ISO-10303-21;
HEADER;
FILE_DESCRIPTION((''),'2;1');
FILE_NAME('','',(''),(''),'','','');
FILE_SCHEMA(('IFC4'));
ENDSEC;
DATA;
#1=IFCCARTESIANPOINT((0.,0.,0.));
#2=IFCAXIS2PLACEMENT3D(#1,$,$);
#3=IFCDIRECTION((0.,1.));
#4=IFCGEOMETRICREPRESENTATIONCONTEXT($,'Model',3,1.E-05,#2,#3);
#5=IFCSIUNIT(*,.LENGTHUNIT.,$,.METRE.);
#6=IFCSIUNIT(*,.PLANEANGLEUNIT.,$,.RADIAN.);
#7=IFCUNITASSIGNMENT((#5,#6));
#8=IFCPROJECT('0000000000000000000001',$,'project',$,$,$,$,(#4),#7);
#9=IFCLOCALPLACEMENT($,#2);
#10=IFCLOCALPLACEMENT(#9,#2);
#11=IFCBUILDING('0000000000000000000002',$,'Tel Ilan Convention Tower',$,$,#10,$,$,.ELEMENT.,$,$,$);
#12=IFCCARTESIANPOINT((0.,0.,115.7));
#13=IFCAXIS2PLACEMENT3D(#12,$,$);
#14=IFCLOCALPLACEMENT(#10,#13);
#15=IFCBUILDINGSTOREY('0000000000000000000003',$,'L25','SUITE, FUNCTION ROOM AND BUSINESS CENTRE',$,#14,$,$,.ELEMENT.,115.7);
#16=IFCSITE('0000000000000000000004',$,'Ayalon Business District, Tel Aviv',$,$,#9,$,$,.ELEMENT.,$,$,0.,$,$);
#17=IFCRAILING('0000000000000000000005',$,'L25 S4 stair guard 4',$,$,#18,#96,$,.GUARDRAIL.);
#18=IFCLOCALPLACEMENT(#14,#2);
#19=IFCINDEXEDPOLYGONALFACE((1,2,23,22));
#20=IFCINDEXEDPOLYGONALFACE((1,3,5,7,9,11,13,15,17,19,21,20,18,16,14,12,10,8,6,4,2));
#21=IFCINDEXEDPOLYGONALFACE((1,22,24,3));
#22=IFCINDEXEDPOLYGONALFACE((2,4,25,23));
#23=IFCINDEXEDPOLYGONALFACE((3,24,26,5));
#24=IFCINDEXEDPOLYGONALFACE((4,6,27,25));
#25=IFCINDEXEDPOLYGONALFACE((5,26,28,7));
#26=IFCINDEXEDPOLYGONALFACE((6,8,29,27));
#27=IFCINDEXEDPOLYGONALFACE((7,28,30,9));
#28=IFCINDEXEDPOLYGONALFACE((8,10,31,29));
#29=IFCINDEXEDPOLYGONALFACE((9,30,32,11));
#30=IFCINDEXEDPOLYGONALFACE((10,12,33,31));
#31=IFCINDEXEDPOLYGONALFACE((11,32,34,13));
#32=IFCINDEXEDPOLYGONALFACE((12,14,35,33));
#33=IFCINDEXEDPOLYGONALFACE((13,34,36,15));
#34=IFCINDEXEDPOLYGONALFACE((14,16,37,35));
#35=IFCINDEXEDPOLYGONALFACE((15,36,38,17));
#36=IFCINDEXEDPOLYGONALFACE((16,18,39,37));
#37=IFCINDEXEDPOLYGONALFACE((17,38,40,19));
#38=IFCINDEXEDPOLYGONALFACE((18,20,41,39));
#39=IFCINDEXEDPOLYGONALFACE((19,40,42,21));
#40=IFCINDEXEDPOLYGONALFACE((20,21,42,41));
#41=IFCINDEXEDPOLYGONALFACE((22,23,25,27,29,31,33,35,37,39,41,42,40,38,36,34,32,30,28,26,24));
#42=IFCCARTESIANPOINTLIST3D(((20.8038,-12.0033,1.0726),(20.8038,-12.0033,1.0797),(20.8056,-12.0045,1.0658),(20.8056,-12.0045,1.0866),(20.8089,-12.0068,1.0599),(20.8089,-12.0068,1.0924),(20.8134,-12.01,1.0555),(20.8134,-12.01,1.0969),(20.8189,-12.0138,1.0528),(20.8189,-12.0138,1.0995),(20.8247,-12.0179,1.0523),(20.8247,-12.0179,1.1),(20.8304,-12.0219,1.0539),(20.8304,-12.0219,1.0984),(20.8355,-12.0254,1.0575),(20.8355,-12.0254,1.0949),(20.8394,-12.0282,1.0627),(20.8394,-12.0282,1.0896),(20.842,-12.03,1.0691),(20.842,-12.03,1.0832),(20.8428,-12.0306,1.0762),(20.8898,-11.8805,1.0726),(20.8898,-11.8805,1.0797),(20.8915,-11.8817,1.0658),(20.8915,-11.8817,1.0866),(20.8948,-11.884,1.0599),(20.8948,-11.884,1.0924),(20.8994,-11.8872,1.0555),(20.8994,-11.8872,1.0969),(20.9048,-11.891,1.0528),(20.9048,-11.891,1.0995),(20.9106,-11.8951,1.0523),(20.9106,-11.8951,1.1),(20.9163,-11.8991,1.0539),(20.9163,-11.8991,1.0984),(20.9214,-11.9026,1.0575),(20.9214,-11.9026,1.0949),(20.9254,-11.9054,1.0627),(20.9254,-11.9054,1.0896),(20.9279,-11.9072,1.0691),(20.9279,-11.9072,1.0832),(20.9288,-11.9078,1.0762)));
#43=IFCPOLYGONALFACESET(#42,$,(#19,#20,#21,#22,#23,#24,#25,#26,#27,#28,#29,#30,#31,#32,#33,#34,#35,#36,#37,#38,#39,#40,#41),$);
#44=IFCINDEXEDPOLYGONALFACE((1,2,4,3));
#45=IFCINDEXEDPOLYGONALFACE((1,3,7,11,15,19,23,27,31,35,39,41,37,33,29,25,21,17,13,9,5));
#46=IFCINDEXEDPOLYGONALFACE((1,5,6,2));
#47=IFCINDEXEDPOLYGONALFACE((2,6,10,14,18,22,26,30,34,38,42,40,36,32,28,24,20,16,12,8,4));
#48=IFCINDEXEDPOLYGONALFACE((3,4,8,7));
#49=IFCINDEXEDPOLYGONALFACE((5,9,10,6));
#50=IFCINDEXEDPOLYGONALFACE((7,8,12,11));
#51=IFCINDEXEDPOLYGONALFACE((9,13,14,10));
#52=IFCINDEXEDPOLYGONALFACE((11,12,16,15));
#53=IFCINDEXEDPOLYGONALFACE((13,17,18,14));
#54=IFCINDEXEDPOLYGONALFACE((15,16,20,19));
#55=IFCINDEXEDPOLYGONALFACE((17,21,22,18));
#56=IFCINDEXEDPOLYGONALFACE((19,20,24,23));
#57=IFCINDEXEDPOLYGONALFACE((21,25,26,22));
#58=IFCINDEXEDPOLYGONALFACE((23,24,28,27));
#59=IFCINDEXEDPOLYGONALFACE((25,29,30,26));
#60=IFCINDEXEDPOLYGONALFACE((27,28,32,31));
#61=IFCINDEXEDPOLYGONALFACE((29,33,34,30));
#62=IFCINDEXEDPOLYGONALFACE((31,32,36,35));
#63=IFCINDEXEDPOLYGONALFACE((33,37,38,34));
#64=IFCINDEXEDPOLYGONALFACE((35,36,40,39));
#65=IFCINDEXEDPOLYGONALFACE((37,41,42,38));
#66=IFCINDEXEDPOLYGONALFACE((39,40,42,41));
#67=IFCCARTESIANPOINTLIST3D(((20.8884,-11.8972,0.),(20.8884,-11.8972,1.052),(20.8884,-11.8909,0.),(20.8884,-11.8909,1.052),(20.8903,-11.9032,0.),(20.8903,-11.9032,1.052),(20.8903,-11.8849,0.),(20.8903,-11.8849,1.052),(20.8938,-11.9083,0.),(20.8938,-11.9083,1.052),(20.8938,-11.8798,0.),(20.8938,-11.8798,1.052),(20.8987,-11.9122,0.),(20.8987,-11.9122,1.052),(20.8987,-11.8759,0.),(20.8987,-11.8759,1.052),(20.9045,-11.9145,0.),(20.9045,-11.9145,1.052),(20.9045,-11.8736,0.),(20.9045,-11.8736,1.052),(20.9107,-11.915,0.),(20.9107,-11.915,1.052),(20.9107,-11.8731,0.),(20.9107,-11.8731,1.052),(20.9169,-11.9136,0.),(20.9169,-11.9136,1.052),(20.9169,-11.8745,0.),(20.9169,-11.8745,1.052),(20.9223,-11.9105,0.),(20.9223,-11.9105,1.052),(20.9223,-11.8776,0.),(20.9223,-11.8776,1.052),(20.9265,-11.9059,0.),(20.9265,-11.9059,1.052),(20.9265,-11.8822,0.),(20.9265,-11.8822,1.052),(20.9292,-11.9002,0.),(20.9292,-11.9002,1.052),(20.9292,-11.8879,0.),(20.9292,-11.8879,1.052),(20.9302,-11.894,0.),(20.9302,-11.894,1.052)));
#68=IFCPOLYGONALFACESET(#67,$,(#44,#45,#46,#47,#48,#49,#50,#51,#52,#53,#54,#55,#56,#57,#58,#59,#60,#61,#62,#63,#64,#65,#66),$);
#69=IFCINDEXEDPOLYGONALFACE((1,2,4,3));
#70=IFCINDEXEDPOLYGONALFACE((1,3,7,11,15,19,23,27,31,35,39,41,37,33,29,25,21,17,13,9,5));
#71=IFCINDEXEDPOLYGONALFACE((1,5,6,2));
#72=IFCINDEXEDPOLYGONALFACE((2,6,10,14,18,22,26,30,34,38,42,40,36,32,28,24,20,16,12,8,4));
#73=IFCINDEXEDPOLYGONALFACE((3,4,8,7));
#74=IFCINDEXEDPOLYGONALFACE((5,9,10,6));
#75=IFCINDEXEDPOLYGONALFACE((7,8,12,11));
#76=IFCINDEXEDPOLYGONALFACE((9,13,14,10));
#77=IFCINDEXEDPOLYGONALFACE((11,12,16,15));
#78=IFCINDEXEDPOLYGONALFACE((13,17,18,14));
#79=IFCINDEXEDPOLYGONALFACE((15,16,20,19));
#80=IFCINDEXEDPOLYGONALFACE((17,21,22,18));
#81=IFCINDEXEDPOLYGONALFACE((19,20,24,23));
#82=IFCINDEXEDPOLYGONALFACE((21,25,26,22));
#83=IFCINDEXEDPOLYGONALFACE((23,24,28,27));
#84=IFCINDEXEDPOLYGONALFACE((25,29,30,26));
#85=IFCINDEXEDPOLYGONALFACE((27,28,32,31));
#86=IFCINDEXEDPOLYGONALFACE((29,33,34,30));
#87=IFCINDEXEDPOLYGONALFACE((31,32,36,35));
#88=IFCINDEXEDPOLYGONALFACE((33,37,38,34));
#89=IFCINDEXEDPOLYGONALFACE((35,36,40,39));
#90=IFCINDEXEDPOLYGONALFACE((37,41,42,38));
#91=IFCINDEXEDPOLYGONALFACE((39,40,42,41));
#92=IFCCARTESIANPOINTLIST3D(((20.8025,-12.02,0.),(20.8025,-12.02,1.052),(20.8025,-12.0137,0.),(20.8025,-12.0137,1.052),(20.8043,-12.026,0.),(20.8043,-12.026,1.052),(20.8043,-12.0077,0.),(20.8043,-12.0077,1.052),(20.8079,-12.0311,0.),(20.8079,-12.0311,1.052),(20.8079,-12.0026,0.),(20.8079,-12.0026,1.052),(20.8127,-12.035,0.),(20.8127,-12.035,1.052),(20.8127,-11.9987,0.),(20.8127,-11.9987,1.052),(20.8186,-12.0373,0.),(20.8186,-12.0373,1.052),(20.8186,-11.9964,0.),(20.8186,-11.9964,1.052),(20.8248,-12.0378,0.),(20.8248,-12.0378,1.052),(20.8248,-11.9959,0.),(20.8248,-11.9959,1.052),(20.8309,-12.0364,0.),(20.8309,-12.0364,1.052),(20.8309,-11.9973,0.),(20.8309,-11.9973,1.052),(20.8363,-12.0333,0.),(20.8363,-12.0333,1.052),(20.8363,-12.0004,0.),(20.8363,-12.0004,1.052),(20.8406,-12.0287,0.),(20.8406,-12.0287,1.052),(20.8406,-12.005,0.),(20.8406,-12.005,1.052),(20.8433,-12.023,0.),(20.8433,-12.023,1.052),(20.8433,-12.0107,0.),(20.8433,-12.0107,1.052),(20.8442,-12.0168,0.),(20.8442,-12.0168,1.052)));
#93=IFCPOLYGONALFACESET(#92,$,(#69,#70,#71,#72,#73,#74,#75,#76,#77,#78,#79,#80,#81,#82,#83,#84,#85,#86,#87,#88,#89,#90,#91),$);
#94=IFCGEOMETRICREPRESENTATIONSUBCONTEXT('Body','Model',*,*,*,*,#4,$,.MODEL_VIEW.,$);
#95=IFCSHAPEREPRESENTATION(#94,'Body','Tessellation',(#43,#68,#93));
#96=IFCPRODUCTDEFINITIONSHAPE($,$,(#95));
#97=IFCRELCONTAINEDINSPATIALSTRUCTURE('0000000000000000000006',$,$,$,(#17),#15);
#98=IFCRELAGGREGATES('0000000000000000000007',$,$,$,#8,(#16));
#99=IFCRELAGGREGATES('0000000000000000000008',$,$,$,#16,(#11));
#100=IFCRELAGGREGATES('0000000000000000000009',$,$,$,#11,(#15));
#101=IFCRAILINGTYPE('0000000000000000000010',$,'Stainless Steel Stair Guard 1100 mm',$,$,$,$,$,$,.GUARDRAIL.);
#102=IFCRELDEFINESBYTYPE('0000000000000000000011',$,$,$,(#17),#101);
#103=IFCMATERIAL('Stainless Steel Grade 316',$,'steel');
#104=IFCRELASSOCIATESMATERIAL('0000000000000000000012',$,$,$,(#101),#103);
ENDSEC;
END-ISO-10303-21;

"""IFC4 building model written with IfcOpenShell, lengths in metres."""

from ifc_helpers import new_model, si_unit, direction, frame, origin, origin_2d, place, context, subcontext, project, spatial, circle, extrude, material, type_object, element, save


model = new_model("IFC4")

# Units and contexts
model_context = context("Model", 3, precision=1e-05, world=origin(), true_north=direction((0.0, 1.0)))
body_context = subcontext(model_context, "Body", "Model", "MODEL_VIEW")
ifc_project = project(units=[si_unit("LENGTHUNIT", "METRE"), si_unit("PLANEANGLEUNIT", "RADIAN")], contexts=[model_context])

# Site, building, storey
site_placement = place(None, origin())
site = spatial("IfcSite", under=ifc_project, at=site_placement, Name="Ayalon Business District, Tel Aviv", CompositionType="ELEMENT", RefElevation=0.0)
building_placement = place(site_placement, origin())
building = spatial("IfcBuilding", under=site, at=building_placement, Name="Tel Ilan Convention Tower", CompositionType="ELEMENT")
storey_placement = place(building_placement, frame((0.0, 0.0, 115.7)))
storey = spatial("IfcBuildingStorey", under=building, at=storey_placement, Name="L25", Description="SUITE, FUNCTION ROOM AND BUSINESS CENTRE", CompositionType="ELEMENT", Elevation=115.7)

# Railing
ifc_material_1 = material(Name="Stainless Steel Grade 316", Category="steel")
railing_type_1 = type_object("IfcRailingType", Name="Stainless Steel Stair Guard 1100 mm", PredefinedType="GUARDRAIL", material=ifc_material_1)
railing_1_placement = place(storey_placement, frame((20.9092, -11.894, 0.0)))
element("IfcRailing", 1, at=railing_1_placement, inside=storey, type_object=railing_type_1, Name="L25 S4 stair guard 4", PredefinedType="GUARDRAIL", context=body_context, shape_type="SweptSolid", body=[
    extrude(circle(Radius=0.0239, at=origin_2d()), frame((0.0, 0.0, 1.0762), z_axis=(-0.573353, -0.819308, 0.0), x_axis=(0.819308, -0.573353, 0.0)), (0.0, 0.0, 1.0), 0.1499),
    extrude(circle(Radius=0.021, at=origin_2d()), origin(), (0.0, 0.0, 1.0), 1.052),
    extrude(circle(Radius=0.021, at=origin_2d()), frame((-0.0859, -0.1228, 0.0)), (0.0, 0.0, 1.0), 1.052),
])

save(model, "model.ifc")
